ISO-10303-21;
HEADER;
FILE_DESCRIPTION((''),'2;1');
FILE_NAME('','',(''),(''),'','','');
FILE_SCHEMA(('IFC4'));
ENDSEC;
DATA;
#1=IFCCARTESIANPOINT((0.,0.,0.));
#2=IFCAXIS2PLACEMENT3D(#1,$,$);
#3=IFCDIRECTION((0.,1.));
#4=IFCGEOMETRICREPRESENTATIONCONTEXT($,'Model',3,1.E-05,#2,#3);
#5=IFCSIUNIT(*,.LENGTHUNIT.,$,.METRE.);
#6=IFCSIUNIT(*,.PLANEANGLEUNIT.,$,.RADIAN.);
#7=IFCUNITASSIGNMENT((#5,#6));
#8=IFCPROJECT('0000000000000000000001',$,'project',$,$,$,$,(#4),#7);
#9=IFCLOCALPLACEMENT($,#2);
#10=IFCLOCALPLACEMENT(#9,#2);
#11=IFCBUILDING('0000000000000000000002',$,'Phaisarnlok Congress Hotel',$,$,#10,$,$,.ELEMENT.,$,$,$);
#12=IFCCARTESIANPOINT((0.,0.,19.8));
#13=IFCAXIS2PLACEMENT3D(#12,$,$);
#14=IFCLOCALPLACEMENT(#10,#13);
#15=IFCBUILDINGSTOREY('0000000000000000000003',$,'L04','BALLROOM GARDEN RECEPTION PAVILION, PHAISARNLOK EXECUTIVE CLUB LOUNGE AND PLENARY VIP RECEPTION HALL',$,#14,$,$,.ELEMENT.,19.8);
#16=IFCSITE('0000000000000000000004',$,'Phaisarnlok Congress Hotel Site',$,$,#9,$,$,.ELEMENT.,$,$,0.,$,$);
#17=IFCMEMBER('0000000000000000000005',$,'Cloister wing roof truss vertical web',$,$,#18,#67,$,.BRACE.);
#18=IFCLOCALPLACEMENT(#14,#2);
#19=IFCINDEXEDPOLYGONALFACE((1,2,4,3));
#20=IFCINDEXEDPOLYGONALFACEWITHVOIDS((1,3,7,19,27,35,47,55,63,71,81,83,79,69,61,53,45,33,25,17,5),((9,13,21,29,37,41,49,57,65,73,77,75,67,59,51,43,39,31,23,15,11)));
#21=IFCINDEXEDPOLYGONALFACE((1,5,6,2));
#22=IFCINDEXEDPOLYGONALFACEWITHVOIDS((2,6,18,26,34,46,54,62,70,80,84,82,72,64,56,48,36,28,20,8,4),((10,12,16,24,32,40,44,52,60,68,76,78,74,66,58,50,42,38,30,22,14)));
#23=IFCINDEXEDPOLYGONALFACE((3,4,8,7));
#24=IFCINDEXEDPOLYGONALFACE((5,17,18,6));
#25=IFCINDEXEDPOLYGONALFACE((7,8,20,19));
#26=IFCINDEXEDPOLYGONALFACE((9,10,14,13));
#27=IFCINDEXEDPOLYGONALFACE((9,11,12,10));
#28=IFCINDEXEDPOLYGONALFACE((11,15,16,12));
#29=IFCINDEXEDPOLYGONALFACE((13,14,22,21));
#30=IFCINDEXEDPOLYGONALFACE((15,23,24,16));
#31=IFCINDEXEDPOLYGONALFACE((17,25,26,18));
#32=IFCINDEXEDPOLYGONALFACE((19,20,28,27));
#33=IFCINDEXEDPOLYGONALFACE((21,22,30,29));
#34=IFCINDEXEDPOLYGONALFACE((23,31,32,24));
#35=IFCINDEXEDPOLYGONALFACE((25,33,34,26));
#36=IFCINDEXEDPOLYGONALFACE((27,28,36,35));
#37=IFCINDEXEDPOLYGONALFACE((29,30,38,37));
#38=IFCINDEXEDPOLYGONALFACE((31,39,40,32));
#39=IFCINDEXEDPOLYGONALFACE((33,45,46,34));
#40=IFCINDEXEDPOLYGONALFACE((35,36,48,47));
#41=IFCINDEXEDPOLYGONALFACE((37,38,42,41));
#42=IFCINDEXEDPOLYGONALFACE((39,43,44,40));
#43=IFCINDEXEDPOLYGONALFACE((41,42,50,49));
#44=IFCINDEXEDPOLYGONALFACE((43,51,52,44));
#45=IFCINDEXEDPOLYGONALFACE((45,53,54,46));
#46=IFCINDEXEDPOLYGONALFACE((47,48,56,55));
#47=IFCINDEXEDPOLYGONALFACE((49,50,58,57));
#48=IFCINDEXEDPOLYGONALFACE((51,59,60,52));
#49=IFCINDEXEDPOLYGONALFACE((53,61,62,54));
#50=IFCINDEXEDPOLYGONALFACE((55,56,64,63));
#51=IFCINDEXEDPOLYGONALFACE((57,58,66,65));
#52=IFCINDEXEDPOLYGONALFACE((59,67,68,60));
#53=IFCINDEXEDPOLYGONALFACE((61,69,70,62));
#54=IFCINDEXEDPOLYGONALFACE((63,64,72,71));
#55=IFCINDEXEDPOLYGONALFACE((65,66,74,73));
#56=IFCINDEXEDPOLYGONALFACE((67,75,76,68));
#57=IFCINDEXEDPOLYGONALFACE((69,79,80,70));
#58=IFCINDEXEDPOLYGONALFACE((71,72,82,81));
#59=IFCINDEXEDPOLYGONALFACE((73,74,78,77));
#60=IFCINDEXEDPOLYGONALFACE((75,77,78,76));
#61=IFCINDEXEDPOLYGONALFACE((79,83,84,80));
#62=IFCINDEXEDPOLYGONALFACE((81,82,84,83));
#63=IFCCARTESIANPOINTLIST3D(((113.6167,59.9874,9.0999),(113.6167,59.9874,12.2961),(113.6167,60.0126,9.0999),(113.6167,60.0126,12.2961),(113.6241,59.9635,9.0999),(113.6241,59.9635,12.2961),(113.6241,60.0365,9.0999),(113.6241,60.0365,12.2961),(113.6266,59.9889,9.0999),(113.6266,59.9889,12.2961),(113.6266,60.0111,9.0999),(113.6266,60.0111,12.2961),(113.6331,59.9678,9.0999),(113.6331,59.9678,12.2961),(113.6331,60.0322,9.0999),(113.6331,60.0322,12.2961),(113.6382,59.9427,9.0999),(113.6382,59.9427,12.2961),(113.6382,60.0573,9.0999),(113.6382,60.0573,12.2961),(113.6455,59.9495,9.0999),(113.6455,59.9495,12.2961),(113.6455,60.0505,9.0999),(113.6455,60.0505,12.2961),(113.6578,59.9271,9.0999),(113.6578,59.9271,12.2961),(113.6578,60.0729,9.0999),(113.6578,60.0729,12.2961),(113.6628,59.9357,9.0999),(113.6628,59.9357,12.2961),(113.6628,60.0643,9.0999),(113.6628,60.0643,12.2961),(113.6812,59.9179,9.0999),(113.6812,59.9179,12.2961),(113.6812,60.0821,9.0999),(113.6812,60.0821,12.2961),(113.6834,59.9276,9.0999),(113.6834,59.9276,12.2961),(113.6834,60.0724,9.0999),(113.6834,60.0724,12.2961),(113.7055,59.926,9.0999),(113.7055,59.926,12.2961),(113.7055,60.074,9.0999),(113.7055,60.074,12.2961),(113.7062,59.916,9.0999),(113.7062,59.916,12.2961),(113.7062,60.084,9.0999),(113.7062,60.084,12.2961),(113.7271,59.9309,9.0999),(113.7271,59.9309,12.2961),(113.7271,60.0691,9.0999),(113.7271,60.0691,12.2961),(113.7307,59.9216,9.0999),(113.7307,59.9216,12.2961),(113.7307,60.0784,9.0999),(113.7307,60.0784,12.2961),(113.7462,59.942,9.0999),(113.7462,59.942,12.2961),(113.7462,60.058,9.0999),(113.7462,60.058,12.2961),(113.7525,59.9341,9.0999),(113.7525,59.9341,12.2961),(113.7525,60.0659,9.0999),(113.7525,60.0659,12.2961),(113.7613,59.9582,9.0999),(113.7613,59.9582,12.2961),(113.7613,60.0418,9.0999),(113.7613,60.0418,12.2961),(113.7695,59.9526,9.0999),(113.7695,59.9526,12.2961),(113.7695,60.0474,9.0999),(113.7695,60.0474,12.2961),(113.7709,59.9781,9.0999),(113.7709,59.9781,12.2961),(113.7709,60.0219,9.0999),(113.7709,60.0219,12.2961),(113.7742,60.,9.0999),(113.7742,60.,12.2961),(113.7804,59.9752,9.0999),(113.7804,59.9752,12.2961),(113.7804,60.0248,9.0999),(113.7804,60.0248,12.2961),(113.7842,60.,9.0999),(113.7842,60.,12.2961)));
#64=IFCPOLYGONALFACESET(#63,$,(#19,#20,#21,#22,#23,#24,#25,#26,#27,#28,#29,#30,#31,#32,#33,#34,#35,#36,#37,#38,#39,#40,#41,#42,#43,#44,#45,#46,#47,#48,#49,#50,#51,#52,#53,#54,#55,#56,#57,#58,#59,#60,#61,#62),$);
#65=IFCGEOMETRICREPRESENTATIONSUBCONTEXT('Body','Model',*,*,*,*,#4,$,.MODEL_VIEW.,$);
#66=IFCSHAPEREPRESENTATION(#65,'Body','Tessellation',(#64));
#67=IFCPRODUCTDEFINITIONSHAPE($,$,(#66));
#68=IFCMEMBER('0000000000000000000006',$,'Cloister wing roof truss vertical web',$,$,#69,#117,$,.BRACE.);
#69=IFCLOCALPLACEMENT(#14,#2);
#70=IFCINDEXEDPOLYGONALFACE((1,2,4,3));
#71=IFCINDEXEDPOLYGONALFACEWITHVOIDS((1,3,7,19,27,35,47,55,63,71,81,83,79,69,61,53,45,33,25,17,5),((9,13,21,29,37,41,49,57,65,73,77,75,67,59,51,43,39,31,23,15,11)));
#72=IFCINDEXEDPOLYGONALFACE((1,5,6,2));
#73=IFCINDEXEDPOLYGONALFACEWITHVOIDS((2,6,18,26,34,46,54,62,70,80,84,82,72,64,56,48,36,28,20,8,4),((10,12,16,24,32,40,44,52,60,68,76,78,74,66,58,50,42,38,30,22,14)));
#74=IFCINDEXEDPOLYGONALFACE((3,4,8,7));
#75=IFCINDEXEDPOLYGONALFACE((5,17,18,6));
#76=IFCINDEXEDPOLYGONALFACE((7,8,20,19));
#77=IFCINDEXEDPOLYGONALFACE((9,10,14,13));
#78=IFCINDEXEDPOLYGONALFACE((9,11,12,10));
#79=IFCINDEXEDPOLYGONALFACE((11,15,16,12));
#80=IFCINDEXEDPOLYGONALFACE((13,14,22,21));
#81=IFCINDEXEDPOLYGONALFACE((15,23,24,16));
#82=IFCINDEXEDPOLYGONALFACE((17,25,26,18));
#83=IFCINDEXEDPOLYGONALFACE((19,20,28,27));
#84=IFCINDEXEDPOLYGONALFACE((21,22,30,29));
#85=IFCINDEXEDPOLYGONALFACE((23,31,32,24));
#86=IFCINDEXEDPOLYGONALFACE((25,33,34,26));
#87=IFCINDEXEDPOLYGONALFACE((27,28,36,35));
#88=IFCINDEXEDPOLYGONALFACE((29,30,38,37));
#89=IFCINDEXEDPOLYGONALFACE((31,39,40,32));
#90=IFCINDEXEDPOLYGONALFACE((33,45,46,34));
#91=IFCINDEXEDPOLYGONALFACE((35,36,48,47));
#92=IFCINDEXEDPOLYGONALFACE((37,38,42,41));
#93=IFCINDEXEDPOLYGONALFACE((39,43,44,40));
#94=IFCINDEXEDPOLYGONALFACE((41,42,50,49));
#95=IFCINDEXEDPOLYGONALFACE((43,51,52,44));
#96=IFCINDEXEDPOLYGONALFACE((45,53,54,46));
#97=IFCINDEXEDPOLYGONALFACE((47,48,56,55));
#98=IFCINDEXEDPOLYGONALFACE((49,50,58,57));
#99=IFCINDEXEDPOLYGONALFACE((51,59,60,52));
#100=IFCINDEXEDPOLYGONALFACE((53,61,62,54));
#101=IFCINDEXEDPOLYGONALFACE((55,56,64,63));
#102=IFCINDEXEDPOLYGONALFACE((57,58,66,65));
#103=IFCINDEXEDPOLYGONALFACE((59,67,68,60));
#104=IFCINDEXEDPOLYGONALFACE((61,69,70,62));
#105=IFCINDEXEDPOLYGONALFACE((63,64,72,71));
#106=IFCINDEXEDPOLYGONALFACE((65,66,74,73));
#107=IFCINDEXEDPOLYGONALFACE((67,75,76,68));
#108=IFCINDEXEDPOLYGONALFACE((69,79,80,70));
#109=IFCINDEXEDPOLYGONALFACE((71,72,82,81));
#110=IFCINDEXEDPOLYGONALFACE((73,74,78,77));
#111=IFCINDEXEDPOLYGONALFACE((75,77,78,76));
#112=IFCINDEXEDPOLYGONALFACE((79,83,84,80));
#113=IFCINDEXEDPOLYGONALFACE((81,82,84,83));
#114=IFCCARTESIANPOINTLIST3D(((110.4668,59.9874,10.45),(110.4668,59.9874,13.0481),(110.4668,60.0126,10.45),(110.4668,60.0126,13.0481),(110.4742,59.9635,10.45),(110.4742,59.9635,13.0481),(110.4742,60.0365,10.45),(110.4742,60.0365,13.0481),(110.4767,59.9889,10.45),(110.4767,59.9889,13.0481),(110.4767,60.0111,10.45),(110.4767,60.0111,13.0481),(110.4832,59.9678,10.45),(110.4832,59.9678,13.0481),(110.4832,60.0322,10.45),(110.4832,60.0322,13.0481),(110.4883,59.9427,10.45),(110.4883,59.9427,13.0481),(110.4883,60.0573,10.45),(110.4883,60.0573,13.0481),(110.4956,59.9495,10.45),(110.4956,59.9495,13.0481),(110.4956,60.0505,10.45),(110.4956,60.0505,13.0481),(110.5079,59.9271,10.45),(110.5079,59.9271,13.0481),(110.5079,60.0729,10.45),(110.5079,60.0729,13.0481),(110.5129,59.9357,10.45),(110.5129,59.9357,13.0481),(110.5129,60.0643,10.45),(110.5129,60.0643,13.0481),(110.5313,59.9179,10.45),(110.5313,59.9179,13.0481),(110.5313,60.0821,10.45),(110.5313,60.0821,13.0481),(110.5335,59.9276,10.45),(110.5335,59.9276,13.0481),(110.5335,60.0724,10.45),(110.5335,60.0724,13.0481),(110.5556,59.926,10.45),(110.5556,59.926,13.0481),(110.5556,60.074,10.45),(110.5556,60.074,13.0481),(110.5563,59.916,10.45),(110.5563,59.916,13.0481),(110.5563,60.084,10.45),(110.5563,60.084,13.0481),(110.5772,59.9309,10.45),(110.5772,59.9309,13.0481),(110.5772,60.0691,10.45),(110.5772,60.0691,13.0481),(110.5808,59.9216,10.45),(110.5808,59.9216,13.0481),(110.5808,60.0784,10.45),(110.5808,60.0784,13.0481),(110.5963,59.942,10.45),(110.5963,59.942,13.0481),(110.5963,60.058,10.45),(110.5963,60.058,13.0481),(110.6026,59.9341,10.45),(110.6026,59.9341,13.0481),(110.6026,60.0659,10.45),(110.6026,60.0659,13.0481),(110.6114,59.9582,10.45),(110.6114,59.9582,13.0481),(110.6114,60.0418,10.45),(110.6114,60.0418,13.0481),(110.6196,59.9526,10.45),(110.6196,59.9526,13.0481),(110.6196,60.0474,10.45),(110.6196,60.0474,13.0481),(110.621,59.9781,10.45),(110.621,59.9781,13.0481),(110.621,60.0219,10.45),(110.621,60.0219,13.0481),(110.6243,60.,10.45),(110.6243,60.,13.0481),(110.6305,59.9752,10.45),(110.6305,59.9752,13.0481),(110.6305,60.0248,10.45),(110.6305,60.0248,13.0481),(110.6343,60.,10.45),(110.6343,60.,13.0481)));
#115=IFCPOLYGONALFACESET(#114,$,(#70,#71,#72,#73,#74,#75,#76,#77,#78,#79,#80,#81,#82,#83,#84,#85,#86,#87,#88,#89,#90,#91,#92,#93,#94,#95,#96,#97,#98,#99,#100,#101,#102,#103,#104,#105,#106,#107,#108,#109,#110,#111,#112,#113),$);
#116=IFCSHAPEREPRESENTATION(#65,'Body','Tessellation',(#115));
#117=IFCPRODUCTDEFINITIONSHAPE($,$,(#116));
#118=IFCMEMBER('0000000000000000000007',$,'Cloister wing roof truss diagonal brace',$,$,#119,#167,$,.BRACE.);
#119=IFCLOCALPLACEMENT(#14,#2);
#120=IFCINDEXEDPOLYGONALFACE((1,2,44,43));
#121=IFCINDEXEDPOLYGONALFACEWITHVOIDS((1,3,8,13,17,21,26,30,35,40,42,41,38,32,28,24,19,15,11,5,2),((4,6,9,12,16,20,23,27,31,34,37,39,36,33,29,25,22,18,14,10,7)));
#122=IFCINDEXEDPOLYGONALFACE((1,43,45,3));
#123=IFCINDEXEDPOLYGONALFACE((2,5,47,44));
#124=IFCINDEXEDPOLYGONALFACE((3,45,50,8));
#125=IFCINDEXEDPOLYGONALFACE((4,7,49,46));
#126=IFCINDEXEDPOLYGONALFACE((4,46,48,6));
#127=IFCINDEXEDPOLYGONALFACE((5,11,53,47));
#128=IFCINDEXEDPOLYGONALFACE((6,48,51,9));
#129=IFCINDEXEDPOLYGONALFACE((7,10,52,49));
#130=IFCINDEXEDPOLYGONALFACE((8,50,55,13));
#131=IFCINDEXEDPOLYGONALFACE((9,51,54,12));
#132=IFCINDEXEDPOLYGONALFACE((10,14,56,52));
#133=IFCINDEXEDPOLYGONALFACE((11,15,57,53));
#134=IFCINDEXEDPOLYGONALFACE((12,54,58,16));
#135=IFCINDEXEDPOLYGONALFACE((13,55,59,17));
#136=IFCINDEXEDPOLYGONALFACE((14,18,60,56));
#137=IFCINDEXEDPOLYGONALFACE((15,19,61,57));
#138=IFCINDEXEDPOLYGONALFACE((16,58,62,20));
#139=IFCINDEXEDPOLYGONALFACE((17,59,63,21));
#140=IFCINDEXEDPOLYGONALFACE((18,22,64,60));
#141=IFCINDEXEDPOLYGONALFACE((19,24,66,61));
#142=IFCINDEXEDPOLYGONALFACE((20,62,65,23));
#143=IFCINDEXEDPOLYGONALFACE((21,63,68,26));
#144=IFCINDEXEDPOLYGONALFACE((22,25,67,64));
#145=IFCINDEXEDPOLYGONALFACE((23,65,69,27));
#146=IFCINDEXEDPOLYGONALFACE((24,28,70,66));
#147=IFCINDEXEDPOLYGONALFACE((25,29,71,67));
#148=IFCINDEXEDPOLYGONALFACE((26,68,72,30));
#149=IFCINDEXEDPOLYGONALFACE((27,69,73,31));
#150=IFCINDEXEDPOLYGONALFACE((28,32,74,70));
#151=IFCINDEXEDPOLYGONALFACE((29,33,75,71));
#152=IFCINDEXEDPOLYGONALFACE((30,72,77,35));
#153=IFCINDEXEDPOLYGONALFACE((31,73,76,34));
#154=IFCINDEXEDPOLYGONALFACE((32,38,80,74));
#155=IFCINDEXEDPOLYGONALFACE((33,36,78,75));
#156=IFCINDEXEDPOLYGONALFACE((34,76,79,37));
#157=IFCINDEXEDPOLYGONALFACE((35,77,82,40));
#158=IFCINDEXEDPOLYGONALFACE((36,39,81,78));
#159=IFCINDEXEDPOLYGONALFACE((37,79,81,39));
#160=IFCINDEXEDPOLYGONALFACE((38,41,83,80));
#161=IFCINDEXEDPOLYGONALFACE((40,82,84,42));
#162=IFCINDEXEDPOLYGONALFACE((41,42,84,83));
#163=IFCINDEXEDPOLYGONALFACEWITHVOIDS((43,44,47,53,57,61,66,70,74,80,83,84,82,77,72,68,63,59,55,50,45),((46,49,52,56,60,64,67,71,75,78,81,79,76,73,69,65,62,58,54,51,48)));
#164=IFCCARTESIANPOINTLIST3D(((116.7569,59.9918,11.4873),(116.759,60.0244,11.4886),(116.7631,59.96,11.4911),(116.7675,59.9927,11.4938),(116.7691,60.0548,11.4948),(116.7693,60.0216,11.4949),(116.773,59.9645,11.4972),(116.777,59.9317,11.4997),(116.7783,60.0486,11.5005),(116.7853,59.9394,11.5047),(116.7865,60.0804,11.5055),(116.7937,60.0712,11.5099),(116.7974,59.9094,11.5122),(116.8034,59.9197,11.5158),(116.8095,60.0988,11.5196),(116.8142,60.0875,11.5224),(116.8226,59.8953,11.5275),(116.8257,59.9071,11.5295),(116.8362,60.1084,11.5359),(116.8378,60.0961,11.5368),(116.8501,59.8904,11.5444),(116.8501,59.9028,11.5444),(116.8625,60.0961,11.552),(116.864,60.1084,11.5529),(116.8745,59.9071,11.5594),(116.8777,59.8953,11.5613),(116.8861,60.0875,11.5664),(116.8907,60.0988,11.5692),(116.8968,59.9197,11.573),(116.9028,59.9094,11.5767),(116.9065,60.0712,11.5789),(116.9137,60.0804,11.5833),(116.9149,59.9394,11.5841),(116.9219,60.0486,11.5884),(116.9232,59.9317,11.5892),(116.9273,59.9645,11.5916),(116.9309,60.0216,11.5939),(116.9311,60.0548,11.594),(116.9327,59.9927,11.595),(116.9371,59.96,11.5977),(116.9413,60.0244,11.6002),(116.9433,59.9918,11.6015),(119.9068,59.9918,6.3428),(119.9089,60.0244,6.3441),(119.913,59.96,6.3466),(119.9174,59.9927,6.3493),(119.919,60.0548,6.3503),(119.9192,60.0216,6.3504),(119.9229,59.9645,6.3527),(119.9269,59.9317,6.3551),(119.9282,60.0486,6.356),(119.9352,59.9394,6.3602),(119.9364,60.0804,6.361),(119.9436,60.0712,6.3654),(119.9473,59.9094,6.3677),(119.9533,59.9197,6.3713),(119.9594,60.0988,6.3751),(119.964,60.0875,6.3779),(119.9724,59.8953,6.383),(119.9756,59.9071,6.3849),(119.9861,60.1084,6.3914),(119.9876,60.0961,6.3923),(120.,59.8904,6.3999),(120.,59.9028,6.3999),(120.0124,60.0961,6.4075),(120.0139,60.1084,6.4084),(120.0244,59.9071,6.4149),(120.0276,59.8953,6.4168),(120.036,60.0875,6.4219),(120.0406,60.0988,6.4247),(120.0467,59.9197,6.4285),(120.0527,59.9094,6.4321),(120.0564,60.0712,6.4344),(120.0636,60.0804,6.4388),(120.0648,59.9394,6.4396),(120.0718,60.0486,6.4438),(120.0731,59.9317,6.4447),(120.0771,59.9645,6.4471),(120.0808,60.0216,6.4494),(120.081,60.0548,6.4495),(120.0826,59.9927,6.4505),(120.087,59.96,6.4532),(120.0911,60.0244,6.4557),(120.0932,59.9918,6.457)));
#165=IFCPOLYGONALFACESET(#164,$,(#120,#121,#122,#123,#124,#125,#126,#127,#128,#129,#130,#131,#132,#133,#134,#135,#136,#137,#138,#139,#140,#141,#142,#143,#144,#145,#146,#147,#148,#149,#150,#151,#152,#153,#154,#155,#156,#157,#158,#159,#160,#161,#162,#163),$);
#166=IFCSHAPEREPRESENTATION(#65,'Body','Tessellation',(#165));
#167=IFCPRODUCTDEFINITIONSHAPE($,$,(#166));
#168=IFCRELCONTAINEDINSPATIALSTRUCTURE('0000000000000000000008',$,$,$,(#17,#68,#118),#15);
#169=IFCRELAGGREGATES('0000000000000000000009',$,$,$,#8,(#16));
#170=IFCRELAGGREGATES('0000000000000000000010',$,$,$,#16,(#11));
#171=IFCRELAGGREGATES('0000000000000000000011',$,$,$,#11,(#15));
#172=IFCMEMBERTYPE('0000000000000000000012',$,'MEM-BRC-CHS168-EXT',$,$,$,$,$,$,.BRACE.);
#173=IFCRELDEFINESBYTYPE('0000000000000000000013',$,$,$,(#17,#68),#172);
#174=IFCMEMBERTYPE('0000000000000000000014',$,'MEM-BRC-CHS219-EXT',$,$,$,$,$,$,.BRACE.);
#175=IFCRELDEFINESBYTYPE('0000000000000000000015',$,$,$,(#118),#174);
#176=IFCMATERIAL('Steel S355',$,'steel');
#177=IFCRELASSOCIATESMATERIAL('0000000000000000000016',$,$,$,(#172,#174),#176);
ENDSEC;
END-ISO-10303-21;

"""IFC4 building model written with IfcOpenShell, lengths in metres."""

from ifc_helpers import new_model, si_unit, direction, frame, origin, origin_2d, place, context, subcontext, project, spatial, hollow_circle, extrude, material, material_profile, profile_set, type_object, element, save


model = new_model("IFC4")

# Units and contexts
model_context = context("Model", 3, precision=1e-05, world=origin(), true_north=direction((0.0, 1.0)))
body_context = subcontext(model_context, "Body", "Model", "MODEL_VIEW")
ifc_project = project(units=[si_unit("LENGTHUNIT", "METRE"), si_unit("PLANEANGLEUNIT", "RADIAN")], contexts=[model_context])

# Site, building, storey
site_placement = place(None, origin())
site = spatial("IfcSite", under=ifc_project, at=site_placement, Name="Phaisarnlok Congress Hotel Site", CompositionType="ELEMENT", RefElevation=0.0)
building_placement = place(site_placement, origin())
building = spatial("IfcBuilding", under=site, at=building_placement, Name="Phaisarnlok Congress Hotel", CompositionType="ELEMENT")
storey_placement = place(building_placement, frame((0.0, 0.0, 19.8)))
storey = spatial("IfcBuildingStorey", under=building, at=storey_placement, Name="L04", Description="BALLROOM GARDEN RECEPTION PAVILION, PHAISARNLOK EXECUTIVE CLUB LOUNGE AND PLENARY VIP RECEPTION HALL", CompositionType="ELEMENT", Elevation=19.8)

# Shared definitions
ifc_material_1 = material(Name="Steel S355", Category="steel")

# Members
ifc_material_profile_1 = material_profile(ifc_material_1, hollow_circle(Radius=0.0842, WallThickness=0.01, at=origin_2d()), Name="CHS 168.3x10")
ifc_profile_set_1 = profile_set([ifc_material_profile_1], Name="Steel S355")
member_type_1 = type_object("IfcMemberType", Name="MEM-BRC-CHS168-EXT", PredefinedType="BRACE", material=ifc_profile_set_1)
member_1_placement = place(storey_placement, frame((113.7, 60.0, 9.0999), z_axis=(0.0, 0.0, 1.0), x_axis=(1.0, 0.0, 0.0)))
element("IfcMember", 1, at=member_1_placement, inside=storey, type_object=member_type_1, Name="Cloister wing roof truss vertical web", PredefinedType="BRACE", context=body_context, shape_type="SweptSolid", body=[
    extrude(hollow_circle(Radius=0.0842, WallThickness=0.01, at=origin_2d()), origin(), (0.0, 0.0, 1.0), 3.1963),
])
member_2_placement = place(storey_placement, frame((110.55, 60.0, 10.45), z_axis=(0.0, 0.0, 1.0), x_axis=(1.0, 0.0, 0.0)))
element("IfcMember", 2, at=member_2_placement, inside=storey, type_object=member_type_1, Name="Cloister wing roof truss vertical web", PredefinedType="BRACE", context=body_context, shape_type="SweptSolid", body=[
    extrude(hollow_circle(Radius=0.0842, WallThickness=0.01, at=origin_2d()), origin(), (0.0, 0.0, 1.0), 2.5981),
])
ifc_material_profile_2 = material_profile(ifc_material_1, hollow_circle(Radius=0.1096, WallThickness=0.0125, at=origin_2d()), Name="CHS 219.1x12.5")
ifc_profile_set_2 = profile_set([ifc_material_profile_2], Name="Steel S355")
member_type_2 = type_object("IfcMemberType", Name="MEM-BRC-CHS219-EXT", PredefinedType="BRACE", material=ifc_profile_set_2)
member_3_placement = place(storey_placement, frame((120.0, 60.0, 6.3999), z_axis=(-0.522177, 0.0, 0.852837), x_axis=(0.0, -1.0, 0.0)))
element("IfcMember", 3, at=member_3_placement, inside=storey, type_object=member_type_2, Name="Cloister wing roof truss diagonal brace", PredefinedType="BRACE", context=body_context, shape_type="SweptSolid", body=[
    extrude(hollow_circle(Radius=0.1096, WallThickness=0.0125, at=origin_2d()), origin(), (0.0, 0.0, 1.0), 6.0322),
])

save(model, "model.ifc")
